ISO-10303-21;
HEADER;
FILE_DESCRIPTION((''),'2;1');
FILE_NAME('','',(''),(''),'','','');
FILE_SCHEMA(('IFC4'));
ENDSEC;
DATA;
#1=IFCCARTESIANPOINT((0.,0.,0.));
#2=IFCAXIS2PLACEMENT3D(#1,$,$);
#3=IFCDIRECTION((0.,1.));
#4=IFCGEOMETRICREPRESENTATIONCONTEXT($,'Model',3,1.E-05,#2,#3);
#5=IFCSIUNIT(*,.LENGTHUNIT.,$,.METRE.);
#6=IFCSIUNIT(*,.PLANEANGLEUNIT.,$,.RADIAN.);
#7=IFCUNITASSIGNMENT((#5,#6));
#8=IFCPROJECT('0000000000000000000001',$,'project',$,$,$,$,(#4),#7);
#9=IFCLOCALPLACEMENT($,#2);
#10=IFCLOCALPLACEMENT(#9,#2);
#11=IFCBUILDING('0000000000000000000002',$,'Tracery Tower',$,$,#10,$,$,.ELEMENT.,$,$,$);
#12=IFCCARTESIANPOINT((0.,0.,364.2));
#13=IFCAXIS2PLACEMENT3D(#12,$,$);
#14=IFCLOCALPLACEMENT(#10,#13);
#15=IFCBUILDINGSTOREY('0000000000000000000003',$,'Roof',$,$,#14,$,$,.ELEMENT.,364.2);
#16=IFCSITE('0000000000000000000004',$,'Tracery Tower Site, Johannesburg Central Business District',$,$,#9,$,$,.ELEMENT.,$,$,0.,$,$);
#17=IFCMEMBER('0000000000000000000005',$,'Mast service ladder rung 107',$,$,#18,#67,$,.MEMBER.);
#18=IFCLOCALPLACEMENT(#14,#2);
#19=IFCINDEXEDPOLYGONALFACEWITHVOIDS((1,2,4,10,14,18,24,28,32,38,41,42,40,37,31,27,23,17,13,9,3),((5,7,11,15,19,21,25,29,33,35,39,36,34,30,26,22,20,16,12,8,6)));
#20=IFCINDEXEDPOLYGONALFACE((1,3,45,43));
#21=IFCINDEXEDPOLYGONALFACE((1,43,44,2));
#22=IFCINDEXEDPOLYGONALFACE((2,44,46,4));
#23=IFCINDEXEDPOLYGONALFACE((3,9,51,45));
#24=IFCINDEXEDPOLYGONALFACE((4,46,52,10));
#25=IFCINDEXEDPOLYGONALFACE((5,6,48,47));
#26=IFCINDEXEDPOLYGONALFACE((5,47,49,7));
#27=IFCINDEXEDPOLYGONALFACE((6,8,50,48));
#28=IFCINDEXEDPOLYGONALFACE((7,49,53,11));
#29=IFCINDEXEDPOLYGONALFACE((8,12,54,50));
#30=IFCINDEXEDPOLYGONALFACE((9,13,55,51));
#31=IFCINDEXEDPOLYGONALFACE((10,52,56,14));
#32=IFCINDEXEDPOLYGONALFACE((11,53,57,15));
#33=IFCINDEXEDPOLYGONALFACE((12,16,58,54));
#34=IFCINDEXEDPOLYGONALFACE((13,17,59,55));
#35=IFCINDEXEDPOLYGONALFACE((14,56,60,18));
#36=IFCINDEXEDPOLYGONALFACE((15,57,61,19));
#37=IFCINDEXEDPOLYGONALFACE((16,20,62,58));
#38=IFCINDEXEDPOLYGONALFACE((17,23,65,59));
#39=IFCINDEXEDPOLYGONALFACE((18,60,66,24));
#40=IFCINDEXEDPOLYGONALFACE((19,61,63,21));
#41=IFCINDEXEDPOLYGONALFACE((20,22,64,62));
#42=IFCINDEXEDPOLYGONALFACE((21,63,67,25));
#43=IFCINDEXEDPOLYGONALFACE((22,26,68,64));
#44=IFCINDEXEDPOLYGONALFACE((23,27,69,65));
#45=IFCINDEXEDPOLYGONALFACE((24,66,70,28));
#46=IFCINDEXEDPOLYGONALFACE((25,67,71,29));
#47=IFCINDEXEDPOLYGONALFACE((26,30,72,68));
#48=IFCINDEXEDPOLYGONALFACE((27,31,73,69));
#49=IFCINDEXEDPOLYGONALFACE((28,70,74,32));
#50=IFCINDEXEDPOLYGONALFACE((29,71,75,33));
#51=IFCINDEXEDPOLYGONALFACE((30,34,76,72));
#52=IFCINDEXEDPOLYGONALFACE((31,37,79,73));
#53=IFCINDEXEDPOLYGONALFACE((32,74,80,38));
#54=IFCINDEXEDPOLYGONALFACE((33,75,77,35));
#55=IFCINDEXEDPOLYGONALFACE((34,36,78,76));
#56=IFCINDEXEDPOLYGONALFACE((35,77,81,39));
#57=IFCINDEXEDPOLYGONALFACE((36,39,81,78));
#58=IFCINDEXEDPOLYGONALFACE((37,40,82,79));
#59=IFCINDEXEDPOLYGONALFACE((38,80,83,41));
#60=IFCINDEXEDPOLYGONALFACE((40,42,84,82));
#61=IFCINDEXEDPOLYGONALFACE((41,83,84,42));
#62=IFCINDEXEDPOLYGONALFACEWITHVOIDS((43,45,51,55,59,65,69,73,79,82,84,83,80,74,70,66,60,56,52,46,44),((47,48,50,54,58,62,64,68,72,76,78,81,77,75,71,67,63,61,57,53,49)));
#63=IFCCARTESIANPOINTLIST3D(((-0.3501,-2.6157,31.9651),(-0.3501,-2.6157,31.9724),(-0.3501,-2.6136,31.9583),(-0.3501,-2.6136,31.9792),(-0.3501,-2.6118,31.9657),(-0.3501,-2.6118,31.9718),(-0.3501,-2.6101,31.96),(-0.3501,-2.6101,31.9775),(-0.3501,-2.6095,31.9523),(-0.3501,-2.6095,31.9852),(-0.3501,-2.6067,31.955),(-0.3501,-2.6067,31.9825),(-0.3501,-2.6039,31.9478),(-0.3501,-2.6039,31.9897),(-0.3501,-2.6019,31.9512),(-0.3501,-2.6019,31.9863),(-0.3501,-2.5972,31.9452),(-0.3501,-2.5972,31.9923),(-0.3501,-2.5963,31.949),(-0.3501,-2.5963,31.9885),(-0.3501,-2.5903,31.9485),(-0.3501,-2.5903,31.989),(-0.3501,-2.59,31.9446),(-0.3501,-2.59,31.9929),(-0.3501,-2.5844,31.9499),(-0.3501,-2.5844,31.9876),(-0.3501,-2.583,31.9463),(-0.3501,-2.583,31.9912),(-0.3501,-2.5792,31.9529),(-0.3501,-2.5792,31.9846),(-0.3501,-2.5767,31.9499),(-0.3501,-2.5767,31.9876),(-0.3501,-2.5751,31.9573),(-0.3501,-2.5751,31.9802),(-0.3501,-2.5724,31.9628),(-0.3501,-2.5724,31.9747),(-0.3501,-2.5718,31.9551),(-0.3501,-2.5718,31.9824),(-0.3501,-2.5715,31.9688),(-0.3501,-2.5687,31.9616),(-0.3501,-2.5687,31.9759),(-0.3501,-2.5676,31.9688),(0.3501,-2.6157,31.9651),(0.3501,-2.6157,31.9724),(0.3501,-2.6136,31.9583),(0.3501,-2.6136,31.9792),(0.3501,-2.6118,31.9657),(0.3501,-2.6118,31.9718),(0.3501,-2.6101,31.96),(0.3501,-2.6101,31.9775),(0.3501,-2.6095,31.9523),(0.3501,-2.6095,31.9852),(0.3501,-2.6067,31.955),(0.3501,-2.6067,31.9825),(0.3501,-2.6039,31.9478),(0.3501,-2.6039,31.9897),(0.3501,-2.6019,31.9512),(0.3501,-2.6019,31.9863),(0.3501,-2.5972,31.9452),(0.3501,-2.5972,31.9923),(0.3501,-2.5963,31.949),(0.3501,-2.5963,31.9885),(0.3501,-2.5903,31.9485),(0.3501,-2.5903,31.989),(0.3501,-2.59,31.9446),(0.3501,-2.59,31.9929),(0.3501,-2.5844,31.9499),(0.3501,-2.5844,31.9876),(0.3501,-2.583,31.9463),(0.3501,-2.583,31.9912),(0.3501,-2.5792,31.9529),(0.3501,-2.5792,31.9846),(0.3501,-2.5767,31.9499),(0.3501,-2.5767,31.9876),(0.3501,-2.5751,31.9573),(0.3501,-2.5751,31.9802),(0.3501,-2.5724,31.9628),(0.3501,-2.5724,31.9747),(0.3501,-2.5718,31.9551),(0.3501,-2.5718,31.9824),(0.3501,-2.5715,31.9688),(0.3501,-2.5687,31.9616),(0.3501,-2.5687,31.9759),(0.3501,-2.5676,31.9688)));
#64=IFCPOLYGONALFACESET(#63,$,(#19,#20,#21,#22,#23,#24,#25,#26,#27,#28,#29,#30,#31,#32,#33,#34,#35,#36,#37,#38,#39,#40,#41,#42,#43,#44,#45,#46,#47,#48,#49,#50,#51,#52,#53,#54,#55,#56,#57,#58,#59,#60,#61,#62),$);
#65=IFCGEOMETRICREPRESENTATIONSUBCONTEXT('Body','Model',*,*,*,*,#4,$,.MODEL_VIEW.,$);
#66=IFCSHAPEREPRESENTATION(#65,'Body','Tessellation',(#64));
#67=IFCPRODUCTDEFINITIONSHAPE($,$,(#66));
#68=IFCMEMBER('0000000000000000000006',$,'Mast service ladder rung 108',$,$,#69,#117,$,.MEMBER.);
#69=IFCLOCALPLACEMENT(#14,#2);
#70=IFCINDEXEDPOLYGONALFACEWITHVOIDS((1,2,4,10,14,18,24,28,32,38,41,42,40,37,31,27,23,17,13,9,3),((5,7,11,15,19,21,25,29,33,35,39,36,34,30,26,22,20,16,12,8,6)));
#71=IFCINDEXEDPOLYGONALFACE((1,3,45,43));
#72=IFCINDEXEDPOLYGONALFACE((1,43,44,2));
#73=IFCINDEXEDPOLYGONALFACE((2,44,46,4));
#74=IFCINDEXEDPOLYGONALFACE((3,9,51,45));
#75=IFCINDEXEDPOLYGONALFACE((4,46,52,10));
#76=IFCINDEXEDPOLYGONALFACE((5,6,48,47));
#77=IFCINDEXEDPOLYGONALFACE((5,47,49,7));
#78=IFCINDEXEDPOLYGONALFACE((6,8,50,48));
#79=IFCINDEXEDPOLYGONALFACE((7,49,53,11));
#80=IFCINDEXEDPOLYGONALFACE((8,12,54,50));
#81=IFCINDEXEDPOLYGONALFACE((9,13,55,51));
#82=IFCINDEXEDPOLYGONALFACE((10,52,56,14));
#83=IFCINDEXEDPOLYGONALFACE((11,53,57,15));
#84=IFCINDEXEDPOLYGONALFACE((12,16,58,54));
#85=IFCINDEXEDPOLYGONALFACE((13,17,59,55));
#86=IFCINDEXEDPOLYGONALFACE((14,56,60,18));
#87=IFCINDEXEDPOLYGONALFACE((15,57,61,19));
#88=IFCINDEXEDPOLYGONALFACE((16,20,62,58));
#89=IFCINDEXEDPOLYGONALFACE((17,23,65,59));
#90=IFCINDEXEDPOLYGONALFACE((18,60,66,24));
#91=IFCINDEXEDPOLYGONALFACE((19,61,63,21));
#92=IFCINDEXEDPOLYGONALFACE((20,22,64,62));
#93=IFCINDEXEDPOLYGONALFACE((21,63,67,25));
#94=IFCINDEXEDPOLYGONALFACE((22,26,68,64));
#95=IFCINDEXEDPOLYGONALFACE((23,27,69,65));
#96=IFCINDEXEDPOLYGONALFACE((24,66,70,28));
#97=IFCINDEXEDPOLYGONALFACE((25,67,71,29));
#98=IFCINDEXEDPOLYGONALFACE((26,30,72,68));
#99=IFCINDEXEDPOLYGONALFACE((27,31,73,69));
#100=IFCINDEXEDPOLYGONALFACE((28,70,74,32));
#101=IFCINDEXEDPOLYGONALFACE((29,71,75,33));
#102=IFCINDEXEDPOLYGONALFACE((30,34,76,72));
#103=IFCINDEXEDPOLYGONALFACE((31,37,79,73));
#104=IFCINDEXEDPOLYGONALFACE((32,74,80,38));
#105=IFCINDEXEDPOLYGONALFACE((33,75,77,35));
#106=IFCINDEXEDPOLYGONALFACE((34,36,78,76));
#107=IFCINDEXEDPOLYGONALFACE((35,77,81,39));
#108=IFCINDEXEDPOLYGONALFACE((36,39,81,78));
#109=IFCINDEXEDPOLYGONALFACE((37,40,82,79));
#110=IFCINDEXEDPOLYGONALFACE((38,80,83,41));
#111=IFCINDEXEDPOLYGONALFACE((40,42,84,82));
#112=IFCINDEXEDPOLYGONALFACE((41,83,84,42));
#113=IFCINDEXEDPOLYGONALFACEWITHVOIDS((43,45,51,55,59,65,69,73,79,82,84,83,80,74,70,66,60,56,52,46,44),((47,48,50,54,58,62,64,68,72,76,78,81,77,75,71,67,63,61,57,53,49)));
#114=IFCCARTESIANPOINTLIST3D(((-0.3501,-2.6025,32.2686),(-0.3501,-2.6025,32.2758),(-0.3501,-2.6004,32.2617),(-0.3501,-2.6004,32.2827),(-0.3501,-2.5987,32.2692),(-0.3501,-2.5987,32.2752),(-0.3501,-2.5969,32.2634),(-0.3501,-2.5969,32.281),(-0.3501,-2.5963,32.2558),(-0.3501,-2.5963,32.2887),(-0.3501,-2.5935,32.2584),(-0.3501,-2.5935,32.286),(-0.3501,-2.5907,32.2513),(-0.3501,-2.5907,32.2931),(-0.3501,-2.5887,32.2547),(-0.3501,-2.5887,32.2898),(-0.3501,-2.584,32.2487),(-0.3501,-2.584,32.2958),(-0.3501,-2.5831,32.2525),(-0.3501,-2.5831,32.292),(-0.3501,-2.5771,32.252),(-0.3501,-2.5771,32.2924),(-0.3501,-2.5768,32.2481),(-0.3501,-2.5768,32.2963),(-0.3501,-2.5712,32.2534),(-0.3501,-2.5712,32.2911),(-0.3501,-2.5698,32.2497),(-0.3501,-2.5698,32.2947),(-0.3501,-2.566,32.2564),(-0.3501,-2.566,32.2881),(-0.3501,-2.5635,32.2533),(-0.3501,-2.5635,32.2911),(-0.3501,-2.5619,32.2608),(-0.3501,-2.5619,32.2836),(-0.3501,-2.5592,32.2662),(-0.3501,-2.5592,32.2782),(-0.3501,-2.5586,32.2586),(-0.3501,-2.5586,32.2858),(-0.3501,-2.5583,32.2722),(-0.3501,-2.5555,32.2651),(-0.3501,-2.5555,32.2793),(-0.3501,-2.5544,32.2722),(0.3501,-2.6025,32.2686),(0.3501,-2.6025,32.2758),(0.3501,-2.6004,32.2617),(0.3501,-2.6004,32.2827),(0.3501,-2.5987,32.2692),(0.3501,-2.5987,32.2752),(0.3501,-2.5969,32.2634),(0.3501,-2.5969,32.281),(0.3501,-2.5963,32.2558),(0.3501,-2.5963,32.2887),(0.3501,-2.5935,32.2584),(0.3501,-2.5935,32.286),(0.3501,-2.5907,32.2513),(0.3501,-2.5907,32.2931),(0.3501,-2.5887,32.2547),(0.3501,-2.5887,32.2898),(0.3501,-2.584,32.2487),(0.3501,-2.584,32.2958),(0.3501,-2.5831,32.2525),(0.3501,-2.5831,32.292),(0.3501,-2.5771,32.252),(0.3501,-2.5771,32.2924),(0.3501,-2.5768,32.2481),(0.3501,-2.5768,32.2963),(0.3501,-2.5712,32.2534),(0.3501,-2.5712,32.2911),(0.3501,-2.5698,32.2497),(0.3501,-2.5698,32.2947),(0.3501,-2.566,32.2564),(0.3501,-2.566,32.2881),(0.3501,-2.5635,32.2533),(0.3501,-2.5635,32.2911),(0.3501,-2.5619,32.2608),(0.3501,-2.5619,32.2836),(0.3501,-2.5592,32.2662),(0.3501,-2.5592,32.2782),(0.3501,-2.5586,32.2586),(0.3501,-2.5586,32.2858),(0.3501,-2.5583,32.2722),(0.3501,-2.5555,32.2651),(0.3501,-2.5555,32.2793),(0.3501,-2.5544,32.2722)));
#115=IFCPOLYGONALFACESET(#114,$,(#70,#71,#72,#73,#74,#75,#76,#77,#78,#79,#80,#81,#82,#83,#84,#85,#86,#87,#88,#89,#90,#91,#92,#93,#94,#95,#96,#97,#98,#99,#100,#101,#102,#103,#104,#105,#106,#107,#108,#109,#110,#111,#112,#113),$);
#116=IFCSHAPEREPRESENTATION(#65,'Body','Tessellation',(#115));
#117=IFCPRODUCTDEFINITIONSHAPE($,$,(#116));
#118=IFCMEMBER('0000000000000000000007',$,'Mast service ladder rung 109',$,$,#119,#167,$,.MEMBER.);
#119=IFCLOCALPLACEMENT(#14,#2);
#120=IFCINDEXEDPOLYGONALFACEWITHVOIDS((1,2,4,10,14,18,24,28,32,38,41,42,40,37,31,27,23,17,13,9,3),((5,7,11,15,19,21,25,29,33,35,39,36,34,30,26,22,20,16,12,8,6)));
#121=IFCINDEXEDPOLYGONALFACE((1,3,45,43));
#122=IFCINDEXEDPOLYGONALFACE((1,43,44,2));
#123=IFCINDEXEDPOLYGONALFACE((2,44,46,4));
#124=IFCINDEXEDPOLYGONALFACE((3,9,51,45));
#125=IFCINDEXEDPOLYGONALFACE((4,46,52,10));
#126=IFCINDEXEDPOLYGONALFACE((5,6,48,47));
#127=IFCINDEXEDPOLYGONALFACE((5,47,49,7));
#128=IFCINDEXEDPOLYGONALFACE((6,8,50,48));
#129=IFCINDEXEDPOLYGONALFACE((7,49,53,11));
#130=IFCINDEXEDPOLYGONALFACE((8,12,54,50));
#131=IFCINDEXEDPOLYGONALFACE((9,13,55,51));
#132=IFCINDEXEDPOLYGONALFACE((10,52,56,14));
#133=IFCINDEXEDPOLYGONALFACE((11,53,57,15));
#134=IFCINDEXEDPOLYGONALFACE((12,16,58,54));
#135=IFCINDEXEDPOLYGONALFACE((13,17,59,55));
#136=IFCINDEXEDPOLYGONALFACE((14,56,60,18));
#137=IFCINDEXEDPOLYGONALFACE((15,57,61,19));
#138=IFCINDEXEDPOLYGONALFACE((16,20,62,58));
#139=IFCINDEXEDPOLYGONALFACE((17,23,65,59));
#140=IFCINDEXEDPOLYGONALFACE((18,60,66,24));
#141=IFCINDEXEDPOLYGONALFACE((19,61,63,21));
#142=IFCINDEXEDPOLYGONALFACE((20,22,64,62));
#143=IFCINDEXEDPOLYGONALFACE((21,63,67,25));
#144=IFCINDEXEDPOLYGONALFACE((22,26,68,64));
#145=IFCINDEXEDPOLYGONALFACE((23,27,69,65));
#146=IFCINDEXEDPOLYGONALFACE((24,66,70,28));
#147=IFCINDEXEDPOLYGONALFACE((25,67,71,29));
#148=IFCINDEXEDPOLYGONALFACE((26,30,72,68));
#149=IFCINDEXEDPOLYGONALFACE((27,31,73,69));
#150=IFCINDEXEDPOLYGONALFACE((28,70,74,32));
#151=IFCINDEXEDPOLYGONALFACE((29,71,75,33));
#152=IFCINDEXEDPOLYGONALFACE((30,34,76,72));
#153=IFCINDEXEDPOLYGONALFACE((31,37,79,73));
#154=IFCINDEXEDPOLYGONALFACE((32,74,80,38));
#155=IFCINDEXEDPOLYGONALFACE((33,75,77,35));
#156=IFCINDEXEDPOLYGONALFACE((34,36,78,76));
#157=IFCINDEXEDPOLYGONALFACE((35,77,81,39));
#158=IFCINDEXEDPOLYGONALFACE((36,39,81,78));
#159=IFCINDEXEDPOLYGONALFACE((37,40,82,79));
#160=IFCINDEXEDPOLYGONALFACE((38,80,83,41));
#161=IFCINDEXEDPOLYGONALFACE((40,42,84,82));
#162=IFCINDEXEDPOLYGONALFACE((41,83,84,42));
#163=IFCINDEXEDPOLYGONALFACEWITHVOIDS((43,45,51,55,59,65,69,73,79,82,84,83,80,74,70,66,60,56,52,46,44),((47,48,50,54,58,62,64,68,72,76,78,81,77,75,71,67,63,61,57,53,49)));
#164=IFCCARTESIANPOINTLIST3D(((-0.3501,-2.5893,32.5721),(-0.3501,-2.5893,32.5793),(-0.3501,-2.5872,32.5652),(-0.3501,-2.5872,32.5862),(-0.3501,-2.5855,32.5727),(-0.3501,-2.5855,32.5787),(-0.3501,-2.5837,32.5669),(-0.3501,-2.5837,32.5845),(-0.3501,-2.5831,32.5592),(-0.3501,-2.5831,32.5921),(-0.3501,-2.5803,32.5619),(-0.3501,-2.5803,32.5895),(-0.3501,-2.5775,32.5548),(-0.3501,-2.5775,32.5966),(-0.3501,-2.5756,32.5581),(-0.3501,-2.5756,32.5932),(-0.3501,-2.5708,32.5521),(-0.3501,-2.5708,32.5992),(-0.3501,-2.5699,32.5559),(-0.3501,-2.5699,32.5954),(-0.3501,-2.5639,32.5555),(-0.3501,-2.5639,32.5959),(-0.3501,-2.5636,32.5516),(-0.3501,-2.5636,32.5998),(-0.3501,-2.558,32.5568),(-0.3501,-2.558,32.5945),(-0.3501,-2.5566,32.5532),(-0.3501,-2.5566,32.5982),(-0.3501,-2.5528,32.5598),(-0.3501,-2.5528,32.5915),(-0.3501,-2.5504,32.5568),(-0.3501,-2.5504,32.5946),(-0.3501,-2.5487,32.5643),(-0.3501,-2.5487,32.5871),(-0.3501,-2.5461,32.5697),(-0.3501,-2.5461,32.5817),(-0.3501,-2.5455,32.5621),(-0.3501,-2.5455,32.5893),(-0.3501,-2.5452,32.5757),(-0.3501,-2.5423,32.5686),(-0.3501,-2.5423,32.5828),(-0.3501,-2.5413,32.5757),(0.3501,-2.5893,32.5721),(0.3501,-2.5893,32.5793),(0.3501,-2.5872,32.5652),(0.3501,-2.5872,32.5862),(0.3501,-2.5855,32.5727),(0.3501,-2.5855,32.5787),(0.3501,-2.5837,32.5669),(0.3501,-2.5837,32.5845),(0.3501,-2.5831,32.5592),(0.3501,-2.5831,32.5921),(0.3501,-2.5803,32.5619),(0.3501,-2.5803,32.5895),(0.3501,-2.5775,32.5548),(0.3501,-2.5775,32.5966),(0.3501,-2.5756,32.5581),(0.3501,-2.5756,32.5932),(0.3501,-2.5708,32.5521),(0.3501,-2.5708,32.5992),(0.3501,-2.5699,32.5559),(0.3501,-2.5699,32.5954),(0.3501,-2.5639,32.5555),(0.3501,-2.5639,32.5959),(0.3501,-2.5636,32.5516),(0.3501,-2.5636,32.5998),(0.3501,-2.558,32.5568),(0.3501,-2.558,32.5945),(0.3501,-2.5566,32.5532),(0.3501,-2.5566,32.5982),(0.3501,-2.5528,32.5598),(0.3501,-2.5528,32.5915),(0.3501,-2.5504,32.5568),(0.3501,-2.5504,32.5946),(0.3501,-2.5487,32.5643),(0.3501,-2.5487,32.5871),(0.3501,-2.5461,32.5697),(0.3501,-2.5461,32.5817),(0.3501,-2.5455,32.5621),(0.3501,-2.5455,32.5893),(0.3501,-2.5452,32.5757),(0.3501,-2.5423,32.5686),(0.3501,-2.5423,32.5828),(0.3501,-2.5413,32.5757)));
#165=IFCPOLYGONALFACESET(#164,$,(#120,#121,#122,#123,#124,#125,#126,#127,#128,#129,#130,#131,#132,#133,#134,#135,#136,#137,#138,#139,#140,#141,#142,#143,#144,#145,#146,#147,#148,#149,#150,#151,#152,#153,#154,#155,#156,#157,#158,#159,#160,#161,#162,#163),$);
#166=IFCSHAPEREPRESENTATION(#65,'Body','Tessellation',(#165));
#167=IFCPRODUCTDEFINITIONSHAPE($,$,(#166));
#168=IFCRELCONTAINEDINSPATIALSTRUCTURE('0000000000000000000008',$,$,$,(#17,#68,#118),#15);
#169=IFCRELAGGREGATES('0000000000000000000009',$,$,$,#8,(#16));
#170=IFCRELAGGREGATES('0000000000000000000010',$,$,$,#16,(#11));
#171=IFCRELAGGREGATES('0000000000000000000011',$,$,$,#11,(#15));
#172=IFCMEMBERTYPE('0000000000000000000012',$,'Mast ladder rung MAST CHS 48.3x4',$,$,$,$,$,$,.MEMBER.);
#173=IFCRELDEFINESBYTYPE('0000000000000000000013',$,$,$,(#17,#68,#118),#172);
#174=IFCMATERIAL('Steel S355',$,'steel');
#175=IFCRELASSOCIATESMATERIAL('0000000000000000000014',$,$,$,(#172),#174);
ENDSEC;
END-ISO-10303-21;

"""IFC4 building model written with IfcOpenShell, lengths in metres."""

from ifc_helpers import new_model, si_unit, direction, frame, origin, origin_2d, place, context, subcontext, project, spatial, hollow_circle, extrude, material, material_profile, profile_set, type_object, element, save


model = new_model("IFC4")

# Units and contexts
model_context = context("Model", 3, precision=1e-05, world=origin(), true_north=direction((0.0, 1.0)))
body_context = subcontext(model_context, "Body", "Model", "MODEL_VIEW")
ifc_project = project(units=[si_unit("LENGTHUNIT", "METRE"), si_unit("PLANEANGLEUNIT", "RADIAN")], contexts=[model_context])

# Site, building, storey
site_placement = place(None, origin())
site = spatial("IfcSite", under=ifc_project, at=site_placement, Name="Tracery Tower Site, Johannesburg Central Business District", CompositionType="ELEMENT", RefElevation=0.0)
building_placement = place(site_placement, origin())
building = spatial("IfcBuilding", under=site, at=building_placement, Name="Tracery Tower", CompositionType="ELEMENT")
storey_placement = place(building_placement, frame((0.0, 0.0, 364.2)))
storey = spatial("IfcBuildingStorey", under=building, at=storey_placement, Name="Roof", CompositionType="ELEMENT", Elevation=364.2)

# Members
ifc_material_1 = material(Name="Steel S355", Category="steel")
ifc_material_profile_1 = material_profile(ifc_material_1, hollow_circle(Radius=0.0242, WallThickness=0.0039, at=origin_2d()), Name="CHS 48.3x4")
ifc_profile_set_1 = profile_set([ifc_material_profile_1], Name="Steel S355")
member_type_1 = type_object("IfcMemberType", Name="Mast ladder rung MAST CHS 48.3x4", PredefinedType="MEMBER", material=ifc_profile_set_1)
for number, where, z_axis, x_axis, name in (
    (1, (-0.3501, -2.5918, 31.9688), (1.0, 0.0, 0.0), (0.0, 1.0, 0.0), "Mast service ladder rung 107"),
    (2, (-0.3501, -2.5786, 32.2722), (1.0, 0.0, 0.0), (0.0, 1.0, 0.0), "Mast service ladder rung 108"),
    (3, (-0.3501, -2.5654, 32.5757), (1.0, 0.0, 0.0), (0.0, 1.0, 0.0), "Mast service ladder rung 109"),
):
    element("IfcMember", number, at=place(storey_placement, frame(where, z_axis=z_axis, x_axis=x_axis)), inside=storey, type_object=member_type_1, Name=name, PredefinedType="MEMBER", context=body_context, shape_type="SweptSolid", body=[
        extrude(hollow_circle(Radius=0.0242, WallThickness=0.0039, at=origin_2d()), origin(), (0.0, 0.0, 1.0), 0.7002),
    ])

save(model, "model.ifc")
